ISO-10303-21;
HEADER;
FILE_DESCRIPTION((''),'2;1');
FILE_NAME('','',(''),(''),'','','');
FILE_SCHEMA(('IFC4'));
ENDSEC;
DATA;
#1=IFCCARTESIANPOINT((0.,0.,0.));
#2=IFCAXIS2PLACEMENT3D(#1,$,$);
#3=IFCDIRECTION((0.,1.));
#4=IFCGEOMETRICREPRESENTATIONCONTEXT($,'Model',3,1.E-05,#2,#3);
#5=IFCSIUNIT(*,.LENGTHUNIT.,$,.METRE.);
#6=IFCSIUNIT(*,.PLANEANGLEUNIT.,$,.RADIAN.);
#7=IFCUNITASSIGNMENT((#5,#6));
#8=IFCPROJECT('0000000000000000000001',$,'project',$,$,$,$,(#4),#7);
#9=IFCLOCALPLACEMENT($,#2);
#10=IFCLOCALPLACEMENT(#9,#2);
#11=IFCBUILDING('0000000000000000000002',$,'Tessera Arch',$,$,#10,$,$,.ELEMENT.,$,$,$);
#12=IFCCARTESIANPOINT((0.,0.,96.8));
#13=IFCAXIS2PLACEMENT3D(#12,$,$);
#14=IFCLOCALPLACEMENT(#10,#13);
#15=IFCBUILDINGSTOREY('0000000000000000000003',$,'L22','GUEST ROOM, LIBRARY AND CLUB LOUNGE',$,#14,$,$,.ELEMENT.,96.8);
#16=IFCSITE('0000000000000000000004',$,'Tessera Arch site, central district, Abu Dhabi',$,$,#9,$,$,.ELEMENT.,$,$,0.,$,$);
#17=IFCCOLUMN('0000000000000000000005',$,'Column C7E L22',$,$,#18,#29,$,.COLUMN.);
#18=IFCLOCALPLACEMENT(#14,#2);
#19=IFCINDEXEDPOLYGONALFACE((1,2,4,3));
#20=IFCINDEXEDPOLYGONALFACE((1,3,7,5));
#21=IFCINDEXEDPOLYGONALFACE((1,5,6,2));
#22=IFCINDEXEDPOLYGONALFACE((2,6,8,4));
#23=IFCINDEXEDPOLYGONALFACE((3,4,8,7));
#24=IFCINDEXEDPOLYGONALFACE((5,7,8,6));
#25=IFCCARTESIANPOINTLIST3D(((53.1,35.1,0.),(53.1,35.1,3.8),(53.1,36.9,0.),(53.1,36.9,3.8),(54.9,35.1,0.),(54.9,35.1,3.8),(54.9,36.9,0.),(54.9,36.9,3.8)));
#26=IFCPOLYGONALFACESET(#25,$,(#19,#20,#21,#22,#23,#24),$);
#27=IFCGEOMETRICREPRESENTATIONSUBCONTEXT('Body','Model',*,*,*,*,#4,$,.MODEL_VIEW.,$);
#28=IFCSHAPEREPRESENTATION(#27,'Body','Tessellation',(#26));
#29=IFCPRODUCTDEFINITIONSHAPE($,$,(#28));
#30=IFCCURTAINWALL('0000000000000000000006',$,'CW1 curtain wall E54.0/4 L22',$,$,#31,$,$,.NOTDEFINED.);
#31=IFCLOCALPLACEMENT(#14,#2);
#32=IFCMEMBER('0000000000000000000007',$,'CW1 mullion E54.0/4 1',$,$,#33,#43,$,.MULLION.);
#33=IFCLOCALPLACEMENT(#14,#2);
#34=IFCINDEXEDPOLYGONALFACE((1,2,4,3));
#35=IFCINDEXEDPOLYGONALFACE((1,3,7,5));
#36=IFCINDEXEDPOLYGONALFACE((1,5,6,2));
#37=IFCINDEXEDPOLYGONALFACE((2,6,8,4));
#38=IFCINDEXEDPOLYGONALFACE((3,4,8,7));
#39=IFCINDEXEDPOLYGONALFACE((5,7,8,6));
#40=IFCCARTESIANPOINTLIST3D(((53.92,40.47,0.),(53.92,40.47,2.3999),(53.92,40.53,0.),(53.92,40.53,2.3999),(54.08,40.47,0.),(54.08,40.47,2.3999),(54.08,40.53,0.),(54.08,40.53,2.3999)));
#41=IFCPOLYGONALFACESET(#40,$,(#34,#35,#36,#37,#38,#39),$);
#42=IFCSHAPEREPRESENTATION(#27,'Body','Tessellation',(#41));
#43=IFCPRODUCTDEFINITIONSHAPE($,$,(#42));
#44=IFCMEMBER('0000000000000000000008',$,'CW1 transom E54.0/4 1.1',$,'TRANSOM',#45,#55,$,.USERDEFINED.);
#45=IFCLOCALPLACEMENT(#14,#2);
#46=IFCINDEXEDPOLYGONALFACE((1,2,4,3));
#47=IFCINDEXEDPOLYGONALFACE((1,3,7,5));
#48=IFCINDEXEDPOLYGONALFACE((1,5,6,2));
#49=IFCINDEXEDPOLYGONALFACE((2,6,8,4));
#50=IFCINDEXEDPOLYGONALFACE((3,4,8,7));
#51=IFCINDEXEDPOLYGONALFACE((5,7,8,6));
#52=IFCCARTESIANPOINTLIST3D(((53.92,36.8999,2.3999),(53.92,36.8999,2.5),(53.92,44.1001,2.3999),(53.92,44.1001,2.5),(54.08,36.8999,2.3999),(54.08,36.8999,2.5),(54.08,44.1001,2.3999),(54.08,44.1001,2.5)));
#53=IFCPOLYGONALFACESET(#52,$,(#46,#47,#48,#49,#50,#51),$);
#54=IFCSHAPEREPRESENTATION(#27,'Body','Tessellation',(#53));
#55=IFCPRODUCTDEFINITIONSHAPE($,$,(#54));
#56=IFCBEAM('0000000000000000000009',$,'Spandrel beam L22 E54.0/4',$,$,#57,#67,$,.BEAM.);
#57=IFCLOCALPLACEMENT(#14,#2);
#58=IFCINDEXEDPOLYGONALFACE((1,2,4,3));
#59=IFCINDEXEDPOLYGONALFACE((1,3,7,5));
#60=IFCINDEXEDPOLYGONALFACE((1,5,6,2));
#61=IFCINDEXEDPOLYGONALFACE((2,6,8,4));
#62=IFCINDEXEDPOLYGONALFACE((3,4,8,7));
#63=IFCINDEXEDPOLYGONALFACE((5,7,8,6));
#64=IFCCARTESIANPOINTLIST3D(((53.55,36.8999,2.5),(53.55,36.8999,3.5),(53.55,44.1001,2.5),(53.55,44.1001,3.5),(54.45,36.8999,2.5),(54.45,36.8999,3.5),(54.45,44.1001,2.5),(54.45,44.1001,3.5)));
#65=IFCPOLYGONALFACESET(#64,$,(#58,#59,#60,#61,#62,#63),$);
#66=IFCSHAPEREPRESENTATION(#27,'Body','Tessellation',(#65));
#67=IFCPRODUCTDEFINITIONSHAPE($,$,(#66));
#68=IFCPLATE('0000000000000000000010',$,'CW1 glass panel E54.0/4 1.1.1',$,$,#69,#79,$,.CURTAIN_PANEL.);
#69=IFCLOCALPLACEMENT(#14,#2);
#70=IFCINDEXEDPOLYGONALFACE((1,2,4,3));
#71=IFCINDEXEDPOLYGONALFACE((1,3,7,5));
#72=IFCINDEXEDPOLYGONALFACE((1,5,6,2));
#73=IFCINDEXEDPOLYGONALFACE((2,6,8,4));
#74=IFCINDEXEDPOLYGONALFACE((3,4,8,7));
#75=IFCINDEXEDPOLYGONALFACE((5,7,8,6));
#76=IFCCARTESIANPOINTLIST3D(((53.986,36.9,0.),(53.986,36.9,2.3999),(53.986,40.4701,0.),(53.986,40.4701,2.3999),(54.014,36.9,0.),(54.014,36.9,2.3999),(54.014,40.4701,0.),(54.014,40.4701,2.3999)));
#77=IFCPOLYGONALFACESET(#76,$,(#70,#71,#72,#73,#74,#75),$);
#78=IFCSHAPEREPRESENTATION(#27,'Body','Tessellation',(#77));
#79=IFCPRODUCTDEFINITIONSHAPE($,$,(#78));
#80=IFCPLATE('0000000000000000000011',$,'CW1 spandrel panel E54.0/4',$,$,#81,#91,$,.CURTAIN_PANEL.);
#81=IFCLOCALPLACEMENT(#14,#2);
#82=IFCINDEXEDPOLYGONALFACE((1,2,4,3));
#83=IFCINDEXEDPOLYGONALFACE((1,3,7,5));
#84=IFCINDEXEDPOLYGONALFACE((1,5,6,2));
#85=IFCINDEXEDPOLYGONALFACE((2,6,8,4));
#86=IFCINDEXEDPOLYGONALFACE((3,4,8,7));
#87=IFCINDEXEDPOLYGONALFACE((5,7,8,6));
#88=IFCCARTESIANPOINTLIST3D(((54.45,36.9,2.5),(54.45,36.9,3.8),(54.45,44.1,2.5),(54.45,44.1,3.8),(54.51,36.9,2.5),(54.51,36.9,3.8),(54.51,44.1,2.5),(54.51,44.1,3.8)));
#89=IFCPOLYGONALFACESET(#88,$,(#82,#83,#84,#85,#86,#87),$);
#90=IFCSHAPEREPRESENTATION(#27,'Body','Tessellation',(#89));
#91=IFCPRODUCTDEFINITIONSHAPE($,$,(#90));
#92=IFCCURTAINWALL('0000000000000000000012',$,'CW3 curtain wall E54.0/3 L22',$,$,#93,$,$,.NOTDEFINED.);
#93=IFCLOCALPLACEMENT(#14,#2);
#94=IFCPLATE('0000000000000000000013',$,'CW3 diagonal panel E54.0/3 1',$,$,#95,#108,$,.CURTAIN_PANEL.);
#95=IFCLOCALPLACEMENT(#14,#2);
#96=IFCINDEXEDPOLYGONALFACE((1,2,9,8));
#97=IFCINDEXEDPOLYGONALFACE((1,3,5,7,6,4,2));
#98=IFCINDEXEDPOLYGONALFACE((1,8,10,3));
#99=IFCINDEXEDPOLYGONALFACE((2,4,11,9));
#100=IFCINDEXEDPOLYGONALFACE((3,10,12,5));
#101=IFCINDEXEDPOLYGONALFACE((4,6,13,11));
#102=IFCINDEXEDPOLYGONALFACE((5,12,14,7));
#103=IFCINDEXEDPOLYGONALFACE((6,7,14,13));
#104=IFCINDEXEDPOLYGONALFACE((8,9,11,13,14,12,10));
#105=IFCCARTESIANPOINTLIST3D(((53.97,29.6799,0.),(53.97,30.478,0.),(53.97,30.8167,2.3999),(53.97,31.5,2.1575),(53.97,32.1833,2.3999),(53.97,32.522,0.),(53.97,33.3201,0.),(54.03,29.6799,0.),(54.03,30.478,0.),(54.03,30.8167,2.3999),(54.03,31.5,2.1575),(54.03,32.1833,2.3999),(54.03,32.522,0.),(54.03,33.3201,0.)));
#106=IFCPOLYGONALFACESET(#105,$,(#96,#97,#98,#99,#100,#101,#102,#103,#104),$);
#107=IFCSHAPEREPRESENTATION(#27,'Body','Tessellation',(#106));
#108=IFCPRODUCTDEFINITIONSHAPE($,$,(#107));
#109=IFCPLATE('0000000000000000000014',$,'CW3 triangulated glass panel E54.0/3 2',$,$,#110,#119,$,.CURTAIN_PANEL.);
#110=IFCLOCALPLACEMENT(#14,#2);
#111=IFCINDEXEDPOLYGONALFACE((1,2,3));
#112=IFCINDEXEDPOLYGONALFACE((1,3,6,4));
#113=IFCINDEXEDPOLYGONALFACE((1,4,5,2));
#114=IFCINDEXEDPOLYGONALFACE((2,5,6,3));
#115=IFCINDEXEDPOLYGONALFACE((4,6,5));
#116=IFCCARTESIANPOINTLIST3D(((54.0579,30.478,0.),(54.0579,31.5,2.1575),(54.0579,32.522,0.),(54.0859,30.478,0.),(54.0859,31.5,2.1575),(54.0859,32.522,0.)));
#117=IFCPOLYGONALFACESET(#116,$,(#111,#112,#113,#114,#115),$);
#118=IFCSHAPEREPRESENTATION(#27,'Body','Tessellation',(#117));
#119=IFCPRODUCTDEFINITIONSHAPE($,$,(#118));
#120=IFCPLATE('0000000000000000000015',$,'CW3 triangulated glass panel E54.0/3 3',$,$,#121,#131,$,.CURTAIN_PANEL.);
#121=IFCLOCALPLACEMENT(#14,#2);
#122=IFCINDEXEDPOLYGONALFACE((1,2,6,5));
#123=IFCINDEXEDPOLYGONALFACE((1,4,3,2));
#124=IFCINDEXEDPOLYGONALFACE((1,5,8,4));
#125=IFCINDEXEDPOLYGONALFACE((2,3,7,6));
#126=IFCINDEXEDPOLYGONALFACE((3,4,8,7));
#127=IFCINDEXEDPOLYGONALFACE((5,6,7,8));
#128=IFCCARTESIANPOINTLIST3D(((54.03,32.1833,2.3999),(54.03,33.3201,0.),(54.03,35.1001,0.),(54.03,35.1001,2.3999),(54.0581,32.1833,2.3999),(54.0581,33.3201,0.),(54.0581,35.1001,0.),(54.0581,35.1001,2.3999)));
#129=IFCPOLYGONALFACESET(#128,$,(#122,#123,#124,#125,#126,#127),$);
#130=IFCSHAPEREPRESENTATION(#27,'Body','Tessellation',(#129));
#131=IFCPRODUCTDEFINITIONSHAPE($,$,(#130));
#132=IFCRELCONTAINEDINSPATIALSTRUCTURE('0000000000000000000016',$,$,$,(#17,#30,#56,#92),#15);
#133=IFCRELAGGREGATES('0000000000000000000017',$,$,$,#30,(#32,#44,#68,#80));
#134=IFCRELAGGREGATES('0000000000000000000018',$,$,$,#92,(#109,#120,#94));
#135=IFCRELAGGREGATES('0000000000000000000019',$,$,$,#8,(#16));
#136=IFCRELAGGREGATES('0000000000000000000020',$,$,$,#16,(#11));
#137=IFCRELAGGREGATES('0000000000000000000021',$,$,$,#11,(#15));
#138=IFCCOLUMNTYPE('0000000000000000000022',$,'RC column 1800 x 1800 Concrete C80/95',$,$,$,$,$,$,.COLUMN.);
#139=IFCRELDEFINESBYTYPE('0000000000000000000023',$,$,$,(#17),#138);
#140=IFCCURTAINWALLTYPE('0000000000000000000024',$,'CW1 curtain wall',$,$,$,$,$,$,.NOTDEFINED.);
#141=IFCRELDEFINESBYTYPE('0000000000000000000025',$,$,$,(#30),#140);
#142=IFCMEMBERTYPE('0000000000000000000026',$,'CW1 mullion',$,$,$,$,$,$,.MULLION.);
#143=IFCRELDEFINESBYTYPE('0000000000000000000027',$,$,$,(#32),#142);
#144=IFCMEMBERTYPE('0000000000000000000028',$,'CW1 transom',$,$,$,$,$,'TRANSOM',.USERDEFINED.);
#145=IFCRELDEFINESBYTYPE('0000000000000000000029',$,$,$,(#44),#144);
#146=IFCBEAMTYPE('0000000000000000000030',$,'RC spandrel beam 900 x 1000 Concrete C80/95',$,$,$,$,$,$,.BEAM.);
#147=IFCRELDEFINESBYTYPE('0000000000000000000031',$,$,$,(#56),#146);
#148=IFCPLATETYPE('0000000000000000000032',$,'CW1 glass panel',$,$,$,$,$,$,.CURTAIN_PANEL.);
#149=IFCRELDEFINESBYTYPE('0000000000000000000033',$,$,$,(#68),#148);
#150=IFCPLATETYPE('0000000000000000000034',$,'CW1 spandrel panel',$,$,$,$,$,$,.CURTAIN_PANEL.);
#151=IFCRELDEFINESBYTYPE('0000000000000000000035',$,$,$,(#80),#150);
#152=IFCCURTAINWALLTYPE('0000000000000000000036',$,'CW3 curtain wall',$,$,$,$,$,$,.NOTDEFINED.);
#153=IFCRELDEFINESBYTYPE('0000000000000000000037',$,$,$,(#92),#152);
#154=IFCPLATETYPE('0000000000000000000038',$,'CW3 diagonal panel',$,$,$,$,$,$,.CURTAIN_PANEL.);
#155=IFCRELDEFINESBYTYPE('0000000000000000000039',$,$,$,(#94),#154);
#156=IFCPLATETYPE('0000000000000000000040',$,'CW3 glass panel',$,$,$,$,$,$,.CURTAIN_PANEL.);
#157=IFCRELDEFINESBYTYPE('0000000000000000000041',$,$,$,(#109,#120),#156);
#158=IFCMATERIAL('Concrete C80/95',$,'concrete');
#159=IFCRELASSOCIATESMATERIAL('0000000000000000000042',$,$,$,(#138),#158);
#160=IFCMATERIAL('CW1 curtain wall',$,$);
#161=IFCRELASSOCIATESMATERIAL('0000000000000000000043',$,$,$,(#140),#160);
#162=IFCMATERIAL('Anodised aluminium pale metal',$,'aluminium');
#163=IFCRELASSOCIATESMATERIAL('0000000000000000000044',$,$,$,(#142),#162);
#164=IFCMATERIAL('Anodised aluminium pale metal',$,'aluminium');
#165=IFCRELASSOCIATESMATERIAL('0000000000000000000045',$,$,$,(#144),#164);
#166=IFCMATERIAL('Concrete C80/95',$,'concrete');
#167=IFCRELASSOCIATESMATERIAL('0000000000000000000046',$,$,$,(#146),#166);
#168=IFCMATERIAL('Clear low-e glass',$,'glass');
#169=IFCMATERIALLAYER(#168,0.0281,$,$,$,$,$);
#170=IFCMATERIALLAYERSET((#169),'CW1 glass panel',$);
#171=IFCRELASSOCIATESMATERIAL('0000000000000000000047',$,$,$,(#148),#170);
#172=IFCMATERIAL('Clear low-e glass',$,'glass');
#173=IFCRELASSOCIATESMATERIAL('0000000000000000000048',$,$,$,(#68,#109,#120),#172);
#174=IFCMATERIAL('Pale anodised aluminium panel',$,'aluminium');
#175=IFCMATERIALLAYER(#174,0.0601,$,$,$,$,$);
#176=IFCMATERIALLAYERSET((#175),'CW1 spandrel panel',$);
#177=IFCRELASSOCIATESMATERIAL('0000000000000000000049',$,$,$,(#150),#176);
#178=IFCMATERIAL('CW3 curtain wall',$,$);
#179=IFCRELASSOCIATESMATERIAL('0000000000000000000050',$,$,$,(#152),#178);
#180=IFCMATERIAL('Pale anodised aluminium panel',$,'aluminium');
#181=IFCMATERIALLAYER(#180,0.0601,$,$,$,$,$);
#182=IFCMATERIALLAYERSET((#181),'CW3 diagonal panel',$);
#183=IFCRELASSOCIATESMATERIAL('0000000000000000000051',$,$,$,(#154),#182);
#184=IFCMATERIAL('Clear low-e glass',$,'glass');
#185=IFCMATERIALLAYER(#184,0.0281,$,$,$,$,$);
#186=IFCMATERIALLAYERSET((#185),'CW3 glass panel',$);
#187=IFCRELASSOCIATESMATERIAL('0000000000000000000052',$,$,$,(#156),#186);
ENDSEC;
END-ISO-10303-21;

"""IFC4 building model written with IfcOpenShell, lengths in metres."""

from ifc_helpers import new_model, si_unit, direction, frame, origin, origin_2d, place, context, subcontext, project, spatial, polyline, rectangle, outline, extrude, material, layer, layer_set, material_profile, profile_set, type_object, element, aggregate, save


model = new_model("IFC4")

# Units and contexts
model_context = context("Model", 3, precision=1e-05, world=origin(), true_north=direction((0.0, 1.0)))
body_context = subcontext(model_context, "Body", "Model", "MODEL_VIEW")
ifc_project = project(units=[si_unit("LENGTHUNIT", "METRE"), si_unit("PLANEANGLEUNIT", "RADIAN")], contexts=[model_context])

# Site, building, storey
site_placement = place(None, origin())
site = spatial("IfcSite", under=ifc_project, at=site_placement, Name="Tessera Arch site, central district, Abu Dhabi", CompositionType="ELEMENT", RefElevation=0.0)
building_placement = place(site_placement, origin())
building = spatial("IfcBuilding", under=site, at=building_placement, Name="Tessera Arch", CompositionType="ELEMENT")
storey_placement = place(building_placement, frame((0.0, 0.0, 96.8)))
storey = spatial("IfcBuildingStorey", under=building, at=storey_placement, Name="L22", Description="GUEST ROOM, LIBRARY AND CLUB LOUNGE", CompositionType="ELEMENT", Elevation=96.8)

# Column
ifc_material_1 = material(Name="Concrete C80/95", Category="concrete")
ifc_material_profile_1 = material_profile(ifc_material_1, rectangle(XDim=1.8, YDim=1.8, at=origin_2d()), Name="RC column 1800 x 1800 Concrete C80/95")
ifc_profile_set_1 = profile_set([ifc_material_profile_1], Name="Concrete C80/95")
column_type = type_object("IfcColumnType", Name="RC column 1800 x 1800 Concrete C80/95", PredefinedType="COLUMN", material=ifc_profile_set_1)
column_placement = place(storey_placement, frame((54.0, 36.0, 0.0), z_axis=(0.0, 0.0, 1.0), x_axis=(1.0, 0.0, 0.0)))
element("IfcColumn", 1, at=column_placement, inside=storey, type_object=column_type, Name="Column C7E L22", PredefinedType="COLUMN", context=body_context, shape_type="SweptSolid", body=[
    extrude(rectangle(XDim=1.8, YDim=1.8, at=origin_2d()), origin(), (0.0, 0.0, 1.0), 3.8),
])

# Curtain wall, members
ifc_material_2 = material(Name="CW1 curtain wall")
curtain_wall_type_1 = type_object("IfcCurtainWallType", Name="CW1 curtain wall", PredefinedType="NOTDEFINED", material=ifc_material_2)
curtain_wall_1_placement = place(storey_placement, origin())
curtain_wall_1 = element("IfcCurtainWall", 2, at=curtain_wall_1_placement, inside=storey, type_object=curtain_wall_type_1, Name="CW1 curtain wall E54.0/4 L22", PredefinedType="NOTDEFINED")
ifc_material_3 = material(Name="Anodised aluminium pale metal", Category="aluminium")
ifc_material_profile_2 = material_profile(ifc_material_3, rectangle(XDim=0.1599, YDim=0.0601, at=origin_2d()), Name="AL 60x160")
ifc_profile_set_2 = profile_set([ifc_material_profile_2], Name="Anodised aluminium pale metal")
member_type_1 = type_object("IfcMemberType", Name="CW1 mullion", PredefinedType="MULLION", material=ifc_profile_set_2)
member_1_placement = place(storey_placement, frame((54.0, 40.5, 0.0), z_axis=(0.0, 0.0, 1.0), x_axis=(-1.0, 0.0, 0.0)))
member_1 = element("IfcMember", 3, at=member_1_placement, type_object=member_type_1, Name="CW1 mullion E54.0/4 1", PredefinedType="MULLION", context=body_context, shape_type="SweptSolid", body=[
    extrude(rectangle(XDim=0.1599, YDim=0.0601, at=origin_2d()), origin(), (0.0, 0.0, 1.0), 2.3999),
])
ifc_material_4 = material(Name="Anodised aluminium pale metal", Category="aluminium")
ifc_material_profile_3 = material_profile(ifc_material_4, rectangle(XDim=0.1599, YDim=0.1001, at=origin_2d()), Name="AL 160x100")
ifc_profile_set_3 = profile_set([ifc_material_profile_3], Name="Anodised aluminium pale metal")
member_type_2 = type_object("IfcMemberType", Name="CW1 transom", ElementType="TRANSOM", PredefinedType="USERDEFINED", material=ifc_profile_set_3)
member_2_placement = place(storey_placement, frame((54.0, 36.8999, 2.45), z_axis=(0.0, 1.0, 0.0), x_axis=(-1.0, 0.0, 0.0)))
member_2 = element("IfcMember", 4, at=member_2_placement, type_object=member_type_2, Name="CW1 transom E54.0/4 1.1", ObjectType="TRANSOM", PredefinedType="USERDEFINED", context=body_context, shape_type="SweptSolid", body=[
    extrude(rectangle(XDim=0.1599, YDim=0.1001, at=origin_2d()), origin(), (0.0, 0.0, 1.0), 7.2002),
])

# Beam
ifc_material_5 = material(Name="Concrete C80/95", Category="concrete")
ifc_material_profile_4 = material_profile(ifc_material_5, rectangle(XDim=0.8999, YDim=1.0, at=origin_2d()), Name="RC spandrel beam 900 x 1000 Concrete C80/95")
ifc_profile_set_4 = profile_set([ifc_material_profile_4], Name="Concrete C80/95")
beam_type = type_object("IfcBeamType", Name="RC spandrel beam 900 x 1000 Concrete C80/95", PredefinedType="BEAM", material=ifc_profile_set_4)
beam_placement = place(storey_placement, frame((54.0, 36.8999, 3.0), z_axis=(0.0, 1.0, 0.0), x_axis=(-1.0, 0.0, 0.0)))
element("IfcBeam", 5, at=beam_placement, inside=storey, type_object=beam_type, Name="Spandrel beam L22 E54.0/4", PredefinedType="BEAM", context=body_context, shape_type="SweptSolid", body=[
    extrude(rectangle(XDim=0.8999, YDim=1.0, at=origin_2d()), origin(), (0.0, 0.0, 1.0), 7.2002),
])

# Plates
ifc_material_6 = material(Name="Clear low-e glass", Category="glass")
ifc_material_7 = material(Name="Clear low-e glass", Category="glass")
ifc_layer_1 = layer(ifc_material_7, 0.0281)
ifc_layer_set_1 = layer_set([ifc_layer_1], Name="CW1 glass panel")
plate_type_1 = type_object("IfcPlateType", Name="CW1 glass panel", PredefinedType="CURTAIN_PANEL", material=ifc_layer_set_1)
plate_1_placement = place(storey_placement, frame((54.0, 38.6851, 0.0), z_axis=(0.0, 0.0, 1.0), x_axis=(0.0, 1.0, 0.0)))
plate_1 = element("IfcPlate", 6, at=plate_1_placement, type_object=plate_type_1, material=ifc_material_6, Name="CW1 glass panel E54.0/4 1.1.1", PredefinedType="CURTAIN_PANEL", context=body_context, shape_type="SweptSolid", body=[
    extrude(rectangle(XDim=3.5701, YDim=0.0281, at=origin_2d()), origin(), (0.0, 0.0, 1.0), 2.3999),
])
ifc_material_8 = material(Name="Pale anodised aluminium panel", Category="aluminium")
ifc_layer_2 = layer(ifc_material_8, 0.0601)
ifc_layer_set_2 = layer_set([ifc_layer_2], Name="CW1 spandrel panel")
plate_type_2 = type_object("IfcPlateType", Name="CW1 spandrel panel", PredefinedType="CURTAIN_PANEL", material=ifc_layer_set_2)
plate_2_placement = place(storey_placement, frame((54.48, 40.5, 2.5), z_axis=(0.0, 0.0, 1.0), x_axis=(0.0, 1.0, 0.0)))
plate_2 = element("IfcPlate", 7, at=plate_2_placement, type_object=plate_type_2, Name="CW1 spandrel panel E54.0/4", PredefinedType="CURTAIN_PANEL", context=body_context, shape_type="SweptSolid", body=[
    extrude(rectangle(XDim=7.2, YDim=0.0601, at=origin_2d()), origin(), (0.0, 0.0, 1.0), 1.3),
])
aggregate(curtain_wall_1, [member_1, member_2, plate_1, plate_2])

# Curtain wall, plates
ifc_material_9 = material(Name="CW3 curtain wall")
curtain_wall_type_2 = type_object("IfcCurtainWallType", Name="CW3 curtain wall", PredefinedType="NOTDEFINED", material=ifc_material_9)
curtain_wall_2_placement = place(storey_placement, origin())
curtain_wall_2 = element("IfcCurtainWall", 8, at=curtain_wall_2_placement, inside=storey, type_object=curtain_wall_type_2, Name="CW3 curtain wall E54.0/3 L22", PredefinedType="NOTDEFINED")
ifc_material_10 = material(Name="Pale anodised aluminium panel", Category="aluminium")
ifc_layer_3 = layer(ifc_material_10, 0.0601)
ifc_layer_set_3 = layer_set([ifc_layer_3], Name="CW3 diagonal panel")
plate_type_3 = type_object("IfcPlateType", Name="CW3 diagonal panel", PredefinedType="CURTAIN_PANEL", material=ifc_layer_set_3)
plate_3_placement = place(storey_placement, frame((54.03, 32.1833, 2.3999), z_axis=(1.0, 0.0, 0.0), x_axis=(0.0, -1.0, 0.0)))
plate_3 = element("IfcPlate", 9, at=plate_3_placement, type_object=plate_type_3, Name="CW3 diagonal panel E54.0/3 1", PredefinedType="CURTAIN_PANEL", context=body_context, shape_type="SweptSolid", body=[
    extrude(outline(polyline([(0.0, 0.0), (1.3667, 0.0), (2.5034, 2.3999), (1.7053, 2.3999), (0.6833, 0.2424), (-0.3386, 2.3999), (-1.1367, 2.3999), (0.0, 0.0)])), origin(), (0.0, 0.0, -1.0), 0.0601),
])
ifc_material_11 = material(Name="Clear low-e glass", Category="glass")
ifc_layer_4 = layer(ifc_material_11, 0.0281)
ifc_layer_set_4 = layer_set([ifc_layer_4], Name="CW3 glass panel")
plate_type_4 = type_object("IfcPlateType", Name="CW3 glass panel", PredefinedType="CURTAIN_PANEL", material=ifc_layer_set_4)
plate_4_placement = place(storey_placement, frame((54.0859, 30.478, 0.0), z_axis=(1.0, 0.0, 0.0), x_axis=(0.0, 1.0, 0.0)))
plate_4 = element("IfcPlate", 10, at=plate_4_placement, type_object=plate_type_4, material=ifc_material_6, Name="CW3 triangulated glass panel E54.0/3 2", PredefinedType="CURTAIN_PANEL", context=body_context, shape_type="SweptSolid", body=[
    extrude(outline(polyline([(0.0, 0.0), (2.0439, 0.0), (1.022, 2.1575), (0.0, 0.0)])), origin(), (0.0, 0.0, -1.0), 0.0281),
])
plate_5_placement = place(storey_placement, frame((54.0581, 35.1001, 2.3999), z_axis=(1.0, 0.0, 0.0), x_axis=(0.0, -1.0, 0.0)))
plate_5 = element("IfcPlate", 11, at=plate_5_placement, type_object=plate_type_4, material=ifc_material_6, Name="CW3 triangulated glass panel E54.0/3 3", PredefinedType="CURTAIN_PANEL", context=body_context, shape_type="SweptSolid", body=[
    extrude(outline(polyline([(0.0, 0.0), (2.9167, 0.0), (1.78, 2.3999), (0.0, 2.3999), (0.0, 0.0)])), origin(), (0.0, 0.0, -1.0), 0.0281),
])

aggregate(curtain_wall_2, [plate_4, plate_5, plate_3])

save(model, "model.ifc")
